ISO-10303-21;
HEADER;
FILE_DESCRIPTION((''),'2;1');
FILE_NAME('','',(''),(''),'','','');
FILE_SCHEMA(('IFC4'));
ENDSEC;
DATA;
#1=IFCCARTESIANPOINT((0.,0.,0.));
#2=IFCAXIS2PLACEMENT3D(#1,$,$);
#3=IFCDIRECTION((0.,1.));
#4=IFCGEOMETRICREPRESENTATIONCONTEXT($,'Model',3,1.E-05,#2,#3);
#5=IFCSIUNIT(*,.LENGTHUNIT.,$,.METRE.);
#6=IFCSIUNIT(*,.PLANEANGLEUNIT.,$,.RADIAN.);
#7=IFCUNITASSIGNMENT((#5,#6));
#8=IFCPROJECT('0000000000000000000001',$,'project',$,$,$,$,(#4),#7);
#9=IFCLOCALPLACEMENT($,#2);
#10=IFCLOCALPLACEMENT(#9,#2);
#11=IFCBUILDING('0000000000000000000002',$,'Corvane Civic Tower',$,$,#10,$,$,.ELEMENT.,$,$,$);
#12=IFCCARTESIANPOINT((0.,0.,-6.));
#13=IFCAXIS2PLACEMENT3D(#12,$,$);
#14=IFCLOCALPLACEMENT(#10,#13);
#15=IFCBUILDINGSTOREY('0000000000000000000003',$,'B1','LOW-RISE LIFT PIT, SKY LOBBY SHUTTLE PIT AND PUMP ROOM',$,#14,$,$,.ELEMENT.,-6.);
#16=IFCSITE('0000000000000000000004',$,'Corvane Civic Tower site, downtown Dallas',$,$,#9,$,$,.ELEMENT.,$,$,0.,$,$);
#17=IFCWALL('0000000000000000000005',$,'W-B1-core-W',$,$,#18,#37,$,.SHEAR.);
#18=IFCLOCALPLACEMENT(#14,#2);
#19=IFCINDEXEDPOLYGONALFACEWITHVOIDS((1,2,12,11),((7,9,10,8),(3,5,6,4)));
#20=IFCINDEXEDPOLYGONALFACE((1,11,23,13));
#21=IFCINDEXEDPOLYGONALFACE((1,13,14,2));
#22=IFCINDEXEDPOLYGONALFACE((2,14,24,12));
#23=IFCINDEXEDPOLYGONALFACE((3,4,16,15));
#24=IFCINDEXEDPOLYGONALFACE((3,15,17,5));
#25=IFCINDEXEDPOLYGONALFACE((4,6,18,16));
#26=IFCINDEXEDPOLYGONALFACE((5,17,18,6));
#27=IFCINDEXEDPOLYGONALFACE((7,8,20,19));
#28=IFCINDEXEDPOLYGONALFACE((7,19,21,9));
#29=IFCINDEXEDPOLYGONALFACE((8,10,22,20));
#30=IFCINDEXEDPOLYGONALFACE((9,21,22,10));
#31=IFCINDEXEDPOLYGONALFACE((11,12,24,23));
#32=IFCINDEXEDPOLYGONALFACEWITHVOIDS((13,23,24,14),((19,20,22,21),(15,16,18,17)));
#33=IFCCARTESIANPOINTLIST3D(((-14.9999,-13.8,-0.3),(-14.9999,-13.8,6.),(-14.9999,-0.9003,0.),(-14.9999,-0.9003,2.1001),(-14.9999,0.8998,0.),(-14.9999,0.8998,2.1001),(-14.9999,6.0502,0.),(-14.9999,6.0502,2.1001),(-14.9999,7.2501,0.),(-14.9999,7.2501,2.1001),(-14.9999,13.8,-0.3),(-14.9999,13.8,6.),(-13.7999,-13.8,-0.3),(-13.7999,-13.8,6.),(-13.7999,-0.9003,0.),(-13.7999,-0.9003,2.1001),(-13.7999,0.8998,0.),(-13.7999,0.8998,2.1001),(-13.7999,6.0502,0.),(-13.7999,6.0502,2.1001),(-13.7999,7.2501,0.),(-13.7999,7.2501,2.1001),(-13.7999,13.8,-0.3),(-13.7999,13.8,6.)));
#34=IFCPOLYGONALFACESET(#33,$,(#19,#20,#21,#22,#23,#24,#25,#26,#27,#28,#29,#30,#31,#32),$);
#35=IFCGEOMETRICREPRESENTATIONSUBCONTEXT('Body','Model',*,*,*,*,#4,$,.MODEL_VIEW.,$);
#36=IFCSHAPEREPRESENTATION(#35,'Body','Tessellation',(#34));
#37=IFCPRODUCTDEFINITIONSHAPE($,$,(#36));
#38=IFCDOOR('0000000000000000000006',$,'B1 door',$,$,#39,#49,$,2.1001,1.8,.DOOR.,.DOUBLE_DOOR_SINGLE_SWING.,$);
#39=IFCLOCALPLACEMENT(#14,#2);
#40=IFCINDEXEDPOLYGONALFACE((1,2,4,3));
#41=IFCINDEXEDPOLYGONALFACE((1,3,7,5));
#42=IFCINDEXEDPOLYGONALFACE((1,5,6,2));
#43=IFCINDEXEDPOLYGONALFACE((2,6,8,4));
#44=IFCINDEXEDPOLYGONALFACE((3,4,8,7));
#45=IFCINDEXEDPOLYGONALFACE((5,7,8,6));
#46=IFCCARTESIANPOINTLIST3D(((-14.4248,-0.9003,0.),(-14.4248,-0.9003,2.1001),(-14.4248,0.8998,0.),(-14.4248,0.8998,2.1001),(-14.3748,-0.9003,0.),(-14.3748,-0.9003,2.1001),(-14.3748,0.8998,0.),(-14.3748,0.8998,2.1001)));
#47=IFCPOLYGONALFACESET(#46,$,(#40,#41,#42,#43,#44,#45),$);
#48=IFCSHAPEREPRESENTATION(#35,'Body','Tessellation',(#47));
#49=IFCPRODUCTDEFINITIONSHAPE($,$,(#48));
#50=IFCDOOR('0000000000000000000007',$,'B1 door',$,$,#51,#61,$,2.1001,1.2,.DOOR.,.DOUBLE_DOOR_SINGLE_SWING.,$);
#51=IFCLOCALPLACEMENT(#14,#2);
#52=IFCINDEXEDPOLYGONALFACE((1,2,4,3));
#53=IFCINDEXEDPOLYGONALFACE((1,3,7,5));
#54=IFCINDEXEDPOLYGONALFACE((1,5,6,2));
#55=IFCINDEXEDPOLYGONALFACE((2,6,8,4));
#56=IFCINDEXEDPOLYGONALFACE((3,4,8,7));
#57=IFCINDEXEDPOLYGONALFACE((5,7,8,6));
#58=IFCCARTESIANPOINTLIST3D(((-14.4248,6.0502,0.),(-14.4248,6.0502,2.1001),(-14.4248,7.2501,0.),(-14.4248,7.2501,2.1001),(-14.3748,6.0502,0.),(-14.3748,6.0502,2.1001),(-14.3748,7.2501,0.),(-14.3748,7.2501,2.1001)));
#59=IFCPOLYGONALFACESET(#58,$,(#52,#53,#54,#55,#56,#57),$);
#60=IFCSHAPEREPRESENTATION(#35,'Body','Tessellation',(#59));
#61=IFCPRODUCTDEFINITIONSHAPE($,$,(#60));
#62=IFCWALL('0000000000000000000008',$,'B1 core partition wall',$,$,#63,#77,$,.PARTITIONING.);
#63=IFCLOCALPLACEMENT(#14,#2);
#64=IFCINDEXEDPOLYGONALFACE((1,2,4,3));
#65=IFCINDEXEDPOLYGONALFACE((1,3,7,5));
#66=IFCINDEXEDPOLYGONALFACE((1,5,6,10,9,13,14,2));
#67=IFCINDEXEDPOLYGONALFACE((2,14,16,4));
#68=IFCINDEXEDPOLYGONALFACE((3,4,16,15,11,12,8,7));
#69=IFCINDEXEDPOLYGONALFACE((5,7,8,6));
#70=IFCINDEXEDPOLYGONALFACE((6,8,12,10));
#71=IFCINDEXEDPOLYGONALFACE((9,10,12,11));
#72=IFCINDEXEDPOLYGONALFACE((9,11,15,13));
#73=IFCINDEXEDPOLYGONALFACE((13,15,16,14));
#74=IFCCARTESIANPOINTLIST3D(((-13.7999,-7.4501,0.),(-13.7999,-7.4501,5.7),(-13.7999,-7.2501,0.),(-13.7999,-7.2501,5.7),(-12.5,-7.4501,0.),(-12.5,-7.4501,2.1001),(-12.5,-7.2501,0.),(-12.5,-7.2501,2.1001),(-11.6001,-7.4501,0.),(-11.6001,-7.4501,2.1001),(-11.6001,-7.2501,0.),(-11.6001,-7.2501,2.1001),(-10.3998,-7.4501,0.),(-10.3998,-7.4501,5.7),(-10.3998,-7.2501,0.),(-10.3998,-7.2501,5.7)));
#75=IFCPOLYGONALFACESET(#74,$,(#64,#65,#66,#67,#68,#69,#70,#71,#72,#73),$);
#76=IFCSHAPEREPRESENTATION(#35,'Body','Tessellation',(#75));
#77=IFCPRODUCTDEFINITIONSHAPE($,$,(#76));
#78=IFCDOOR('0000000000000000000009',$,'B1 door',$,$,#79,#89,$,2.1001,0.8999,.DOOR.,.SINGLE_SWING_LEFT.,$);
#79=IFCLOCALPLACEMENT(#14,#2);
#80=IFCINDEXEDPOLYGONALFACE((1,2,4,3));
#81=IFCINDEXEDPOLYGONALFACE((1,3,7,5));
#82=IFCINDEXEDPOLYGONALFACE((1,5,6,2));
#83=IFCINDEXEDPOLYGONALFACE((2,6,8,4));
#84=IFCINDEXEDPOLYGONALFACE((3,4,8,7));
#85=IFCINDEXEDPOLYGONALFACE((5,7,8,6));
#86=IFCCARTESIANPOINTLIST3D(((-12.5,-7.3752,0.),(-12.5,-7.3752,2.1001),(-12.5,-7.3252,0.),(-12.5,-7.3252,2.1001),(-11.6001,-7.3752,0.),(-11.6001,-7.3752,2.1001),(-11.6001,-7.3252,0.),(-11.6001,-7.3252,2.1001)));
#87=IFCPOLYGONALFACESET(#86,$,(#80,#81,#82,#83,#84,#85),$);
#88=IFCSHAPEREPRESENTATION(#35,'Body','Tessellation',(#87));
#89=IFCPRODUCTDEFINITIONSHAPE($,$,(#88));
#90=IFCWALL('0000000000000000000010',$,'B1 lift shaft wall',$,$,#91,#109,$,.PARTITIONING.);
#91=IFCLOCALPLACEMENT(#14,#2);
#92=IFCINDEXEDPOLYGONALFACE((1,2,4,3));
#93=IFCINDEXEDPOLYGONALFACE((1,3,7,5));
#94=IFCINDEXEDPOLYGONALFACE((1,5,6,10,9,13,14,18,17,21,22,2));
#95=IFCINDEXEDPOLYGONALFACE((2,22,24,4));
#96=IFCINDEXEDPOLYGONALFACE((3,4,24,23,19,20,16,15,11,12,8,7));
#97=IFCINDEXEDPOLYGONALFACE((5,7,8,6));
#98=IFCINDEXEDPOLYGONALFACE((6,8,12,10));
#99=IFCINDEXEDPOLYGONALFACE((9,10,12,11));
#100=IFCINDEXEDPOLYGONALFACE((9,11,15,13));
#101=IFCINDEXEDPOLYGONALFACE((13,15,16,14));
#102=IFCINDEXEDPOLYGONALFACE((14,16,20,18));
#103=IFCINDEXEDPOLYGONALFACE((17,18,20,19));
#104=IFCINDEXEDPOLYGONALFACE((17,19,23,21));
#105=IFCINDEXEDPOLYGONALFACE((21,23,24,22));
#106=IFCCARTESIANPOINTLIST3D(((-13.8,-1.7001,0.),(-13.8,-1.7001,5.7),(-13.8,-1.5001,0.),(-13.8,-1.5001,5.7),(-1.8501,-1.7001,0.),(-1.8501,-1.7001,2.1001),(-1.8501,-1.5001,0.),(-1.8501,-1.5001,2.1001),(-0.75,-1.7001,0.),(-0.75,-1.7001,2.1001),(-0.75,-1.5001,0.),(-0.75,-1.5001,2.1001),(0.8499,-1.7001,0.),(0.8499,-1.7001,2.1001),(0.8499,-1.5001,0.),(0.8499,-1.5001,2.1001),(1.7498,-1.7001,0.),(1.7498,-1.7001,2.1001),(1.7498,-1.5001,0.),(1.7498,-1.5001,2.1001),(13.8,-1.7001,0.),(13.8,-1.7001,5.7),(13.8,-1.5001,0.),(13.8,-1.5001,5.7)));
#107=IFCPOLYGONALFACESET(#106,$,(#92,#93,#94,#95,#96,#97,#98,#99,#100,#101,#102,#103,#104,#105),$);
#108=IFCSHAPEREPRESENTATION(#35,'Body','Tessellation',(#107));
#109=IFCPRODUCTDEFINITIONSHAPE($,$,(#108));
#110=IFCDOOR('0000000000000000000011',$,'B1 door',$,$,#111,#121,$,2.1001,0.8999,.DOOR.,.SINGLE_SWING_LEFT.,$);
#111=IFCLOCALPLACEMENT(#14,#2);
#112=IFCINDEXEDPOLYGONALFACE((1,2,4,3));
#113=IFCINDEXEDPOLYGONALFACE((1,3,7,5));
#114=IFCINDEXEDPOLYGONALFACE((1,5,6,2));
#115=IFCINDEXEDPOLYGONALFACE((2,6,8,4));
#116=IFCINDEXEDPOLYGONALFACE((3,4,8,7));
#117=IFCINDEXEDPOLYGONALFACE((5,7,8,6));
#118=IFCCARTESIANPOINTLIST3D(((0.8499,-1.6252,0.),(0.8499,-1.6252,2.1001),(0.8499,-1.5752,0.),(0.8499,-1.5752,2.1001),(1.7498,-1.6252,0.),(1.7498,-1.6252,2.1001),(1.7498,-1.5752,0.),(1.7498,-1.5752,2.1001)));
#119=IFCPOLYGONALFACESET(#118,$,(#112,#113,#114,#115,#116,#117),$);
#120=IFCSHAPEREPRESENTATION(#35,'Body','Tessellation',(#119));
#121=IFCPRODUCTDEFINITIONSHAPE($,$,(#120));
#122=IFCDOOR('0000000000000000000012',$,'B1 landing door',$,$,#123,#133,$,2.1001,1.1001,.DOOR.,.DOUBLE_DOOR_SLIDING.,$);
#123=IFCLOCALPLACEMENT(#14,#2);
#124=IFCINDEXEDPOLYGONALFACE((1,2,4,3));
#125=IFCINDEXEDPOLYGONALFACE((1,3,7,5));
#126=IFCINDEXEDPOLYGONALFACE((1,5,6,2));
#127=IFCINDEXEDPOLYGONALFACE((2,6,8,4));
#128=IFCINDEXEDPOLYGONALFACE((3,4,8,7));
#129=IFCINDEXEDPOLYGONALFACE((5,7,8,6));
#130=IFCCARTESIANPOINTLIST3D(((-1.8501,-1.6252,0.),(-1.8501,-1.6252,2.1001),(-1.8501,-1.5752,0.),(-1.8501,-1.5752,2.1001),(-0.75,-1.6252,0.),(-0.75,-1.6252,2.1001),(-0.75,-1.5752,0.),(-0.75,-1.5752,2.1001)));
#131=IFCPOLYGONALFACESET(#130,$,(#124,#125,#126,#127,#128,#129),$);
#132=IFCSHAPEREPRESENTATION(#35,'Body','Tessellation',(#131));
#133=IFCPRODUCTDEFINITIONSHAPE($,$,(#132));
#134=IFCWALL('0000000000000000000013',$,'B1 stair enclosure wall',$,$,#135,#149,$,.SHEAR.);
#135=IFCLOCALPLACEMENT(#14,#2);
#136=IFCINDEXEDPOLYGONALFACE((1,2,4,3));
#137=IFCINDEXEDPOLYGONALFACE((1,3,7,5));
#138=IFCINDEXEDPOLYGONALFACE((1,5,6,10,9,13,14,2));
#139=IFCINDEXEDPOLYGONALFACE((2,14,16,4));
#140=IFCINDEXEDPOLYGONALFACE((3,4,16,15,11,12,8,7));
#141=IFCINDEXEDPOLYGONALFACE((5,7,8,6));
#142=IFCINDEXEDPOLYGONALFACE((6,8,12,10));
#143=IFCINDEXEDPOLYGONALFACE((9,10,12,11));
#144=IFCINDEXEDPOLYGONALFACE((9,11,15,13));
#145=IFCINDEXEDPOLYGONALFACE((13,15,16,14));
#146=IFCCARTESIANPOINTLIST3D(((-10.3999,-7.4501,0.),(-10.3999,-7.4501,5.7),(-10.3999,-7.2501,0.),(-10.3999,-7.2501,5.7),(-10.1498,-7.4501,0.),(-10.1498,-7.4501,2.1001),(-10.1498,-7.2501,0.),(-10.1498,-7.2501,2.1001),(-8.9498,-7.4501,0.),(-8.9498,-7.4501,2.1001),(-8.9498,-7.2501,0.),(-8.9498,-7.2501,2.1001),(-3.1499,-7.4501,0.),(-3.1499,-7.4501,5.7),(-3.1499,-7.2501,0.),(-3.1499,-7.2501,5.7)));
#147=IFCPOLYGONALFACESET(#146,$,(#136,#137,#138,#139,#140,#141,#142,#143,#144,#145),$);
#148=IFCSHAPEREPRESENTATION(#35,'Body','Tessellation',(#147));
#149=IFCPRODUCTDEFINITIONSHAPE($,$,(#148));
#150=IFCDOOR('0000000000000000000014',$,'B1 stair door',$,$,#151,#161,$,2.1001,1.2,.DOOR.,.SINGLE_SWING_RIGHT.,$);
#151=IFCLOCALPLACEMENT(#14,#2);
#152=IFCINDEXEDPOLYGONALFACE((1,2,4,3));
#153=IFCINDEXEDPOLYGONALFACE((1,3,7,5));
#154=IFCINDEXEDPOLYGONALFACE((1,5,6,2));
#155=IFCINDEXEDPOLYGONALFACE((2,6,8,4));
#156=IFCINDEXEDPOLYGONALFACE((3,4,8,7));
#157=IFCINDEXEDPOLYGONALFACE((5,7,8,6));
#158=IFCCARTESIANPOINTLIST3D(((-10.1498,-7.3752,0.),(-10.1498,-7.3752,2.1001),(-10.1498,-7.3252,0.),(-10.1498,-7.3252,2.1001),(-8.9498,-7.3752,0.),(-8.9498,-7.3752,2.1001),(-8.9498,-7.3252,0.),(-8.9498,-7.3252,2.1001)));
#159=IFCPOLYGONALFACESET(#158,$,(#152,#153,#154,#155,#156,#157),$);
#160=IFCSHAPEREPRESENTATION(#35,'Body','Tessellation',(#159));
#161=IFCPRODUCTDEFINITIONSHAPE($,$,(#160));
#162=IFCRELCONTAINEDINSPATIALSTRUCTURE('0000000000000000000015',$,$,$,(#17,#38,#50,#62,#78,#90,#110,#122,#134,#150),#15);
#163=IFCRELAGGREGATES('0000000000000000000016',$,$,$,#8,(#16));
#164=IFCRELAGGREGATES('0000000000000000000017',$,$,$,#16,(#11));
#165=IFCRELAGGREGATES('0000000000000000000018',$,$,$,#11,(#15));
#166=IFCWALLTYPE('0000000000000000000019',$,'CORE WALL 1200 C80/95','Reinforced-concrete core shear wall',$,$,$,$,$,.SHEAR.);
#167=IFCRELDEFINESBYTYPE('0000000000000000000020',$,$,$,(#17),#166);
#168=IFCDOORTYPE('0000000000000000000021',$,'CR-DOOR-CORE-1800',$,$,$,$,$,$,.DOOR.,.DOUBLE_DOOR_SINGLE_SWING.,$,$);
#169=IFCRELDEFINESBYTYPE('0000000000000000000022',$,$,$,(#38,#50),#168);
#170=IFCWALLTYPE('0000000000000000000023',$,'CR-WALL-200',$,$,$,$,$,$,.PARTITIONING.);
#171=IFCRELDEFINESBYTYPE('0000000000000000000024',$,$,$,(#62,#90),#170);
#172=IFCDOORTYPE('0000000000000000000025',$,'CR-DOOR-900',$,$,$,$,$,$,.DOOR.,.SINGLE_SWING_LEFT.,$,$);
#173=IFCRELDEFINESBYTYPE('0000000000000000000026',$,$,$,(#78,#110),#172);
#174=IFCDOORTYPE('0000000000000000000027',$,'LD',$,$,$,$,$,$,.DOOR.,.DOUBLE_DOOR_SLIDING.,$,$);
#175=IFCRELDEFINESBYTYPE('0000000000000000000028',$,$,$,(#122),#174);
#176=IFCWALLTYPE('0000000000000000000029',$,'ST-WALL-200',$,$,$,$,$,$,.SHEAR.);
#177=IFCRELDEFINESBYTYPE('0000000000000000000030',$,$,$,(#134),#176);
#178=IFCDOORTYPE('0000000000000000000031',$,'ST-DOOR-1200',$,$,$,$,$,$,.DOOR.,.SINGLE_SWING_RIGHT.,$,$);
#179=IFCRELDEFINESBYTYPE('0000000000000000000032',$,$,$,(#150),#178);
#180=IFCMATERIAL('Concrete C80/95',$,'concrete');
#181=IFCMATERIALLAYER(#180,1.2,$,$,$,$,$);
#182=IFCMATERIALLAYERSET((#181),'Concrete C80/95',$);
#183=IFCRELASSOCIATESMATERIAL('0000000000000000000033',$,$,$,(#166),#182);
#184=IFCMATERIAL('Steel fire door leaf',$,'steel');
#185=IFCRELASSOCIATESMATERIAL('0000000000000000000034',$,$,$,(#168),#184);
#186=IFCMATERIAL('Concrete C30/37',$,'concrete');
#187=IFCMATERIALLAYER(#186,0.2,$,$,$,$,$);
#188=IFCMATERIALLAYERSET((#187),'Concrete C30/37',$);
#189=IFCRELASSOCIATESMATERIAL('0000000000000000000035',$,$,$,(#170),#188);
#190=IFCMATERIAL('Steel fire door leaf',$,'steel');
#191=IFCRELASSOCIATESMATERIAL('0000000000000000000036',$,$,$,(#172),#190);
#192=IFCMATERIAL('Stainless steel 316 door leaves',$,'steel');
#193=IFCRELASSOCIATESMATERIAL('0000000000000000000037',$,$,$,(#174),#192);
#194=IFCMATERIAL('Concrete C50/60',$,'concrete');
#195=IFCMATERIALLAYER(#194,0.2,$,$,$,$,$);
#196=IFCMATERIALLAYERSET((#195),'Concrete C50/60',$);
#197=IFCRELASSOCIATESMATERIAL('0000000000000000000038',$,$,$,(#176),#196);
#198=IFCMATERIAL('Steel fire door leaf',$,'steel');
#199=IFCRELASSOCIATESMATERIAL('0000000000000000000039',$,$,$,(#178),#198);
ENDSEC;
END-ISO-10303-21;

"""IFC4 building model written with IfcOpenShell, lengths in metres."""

from ifc_helpers import new_model, si_unit, direction, frame, frame_2d, origin, place, context, subcontext, project, spatial, rectangle, extrude, material, layer, layer_set, type_object, element, fill, save


model = new_model("IFC4")

# Units and contexts
model_context = context("Model", 3, precision=1e-05, world=origin(), true_north=direction((0.0, 1.0)))
body_context = subcontext(model_context, "Body", "Model", "MODEL_VIEW")
ifc_project = project(units=[si_unit("LENGTHUNIT", "METRE"), si_unit("PLANEANGLEUNIT", "RADIAN")], contexts=[model_context])

# Site, building, storey
site_placement = place(None, origin())
site = spatial("IfcSite", under=ifc_project, at=site_placement, Name="Corvane Civic Tower site, downtown Dallas", CompositionType="ELEMENT", RefElevation=0.0)
building_placement = place(site_placement, origin())
building = spatial("IfcBuilding", under=site, at=building_placement, Name="Corvane Civic Tower", CompositionType="ELEMENT")
storey_placement = place(building_placement, frame((0.0, 0.0, -6.0)))
storey = spatial("IfcBuildingStorey", under=building, at=storey_placement, Name="B1", Description="LOW-RISE LIFT PIT, SKY LOBBY SHUTTLE PIT AND PUMP ROOM", CompositionType="ELEMENT", Elevation=-6.0)

# Shared definitions
ifc_material_1 = material(Name="Concrete C80/95", Category="concrete")
ifc_layer_1 = layer(ifc_material_1, 1.2)
ifc_layer_set_1 = layer_set([ifc_layer_1], Name="Concrete C80/95")
wall_type_1 = type_object("IfcWallType", Name="CORE WALL 1200 C80/95", Description="Reinforced-concrete core shear wall", PredefinedType="SHEAR", material=ifc_layer_set_1)

# Wall, openings, doors
wall_1_placement = place(storey_placement, frame((-14.3999, -13.8, -0.3), z_axis=(0.0, 0.0, 1.0), x_axis=(0.0, 1.0, 0.0)))
wall_1 = element("IfcWall", 1, at=wall_1_placement, inside=storey, type_object=wall_type_1, Name="W-B1-core-W", PredefinedType="SHEAR", context=body_context, shape_type="SweptSolid", body=[
    extrude(rectangle(XDim=27.6001, YDim=1.2, at=frame_2d((13.8, 0.0))), origin(), (0.0, 0.0, 1.0), 6.3),
])
opening_1_placement = place(wall_1_placement, frame((12.8999, 0.0, 0.3)))
opening_1 = element("IfcOpeningElement", 2, at=opening_1_placement, cuts=wall_1, PredefinedType="OPENING", context=body_context, shape_type="SweptSolid", body=[
    extrude(rectangle(XDim=1.8, YDim=2.1001, at=frame_2d((0.8999, 1.05))), frame((0.0, 0.6099, 0.0), z_axis=(0.0, -1.0, 0.0), x_axis=(1.0, 0.0, 0.0)), (0.0, 0.0, 1.0), 1.22),
])
opening_2_placement = place(wall_1_placement, frame((19.8501, 0.0, 0.3)))
opening_2 = element("IfcOpeningElement", 3, at=opening_2_placement, cuts=wall_1, PredefinedType="OPENING", context=body_context, shape_type="SweptSolid", body=[
    extrude(rectangle(XDim=1.2, YDim=2.1001, at=frame_2d((0.6001, 1.05))), frame((0.0, 0.6099, 0.0), z_axis=(0.0, -1.0, 0.0), x_axis=(1.0, 0.0, 0.0)), (0.0, 0.0, 1.0), 1.22),
])
ifc_material_2 = material(Name="Steel fire door leaf", Category="steel")
door_type_1 = type_object("IfcDoorType", Name="CR-DOOR-CORE-1800", OperationType="DOUBLE_DOOR_SINGLE_SWING", PredefinedType="DOOR", material=ifc_material_2)
door_1_placement = place(opening_1_placement, origin())
door_1 = element("IfcDoor", 4, at=door_1_placement, inside=storey, type_object=door_type_1, Name="B1 door", OperationType="DOUBLE_DOOR_SINGLE_SWING", OverallHeight=2.1001, OverallWidth=1.8, PredefinedType="DOOR", context=body_context, shape_type="SweptSolid", body=[
    extrude(rectangle(XDim=1.8, YDim=2.1001, at=frame_2d((0.8999, 1.05))), frame((0.0, 0.0249, 0.0), z_axis=(0.0, -1.0, 0.0), x_axis=(1.0, 0.0, 0.0)), (0.0, 0.0, 1.0), 0.05),
])
fill(opening_1, door_1)
door_2_placement = place(opening_2_placement, origin())
door_2 = element("IfcDoor", 5, at=door_2_placement, inside=storey, type_object=door_type_1, Name="B1 door", OperationType="DOUBLE_DOOR_SINGLE_SWING", OverallHeight=2.1001, OverallWidth=1.2, PredefinedType="DOOR", context=body_context, shape_type="SweptSolid", body=[
    extrude(rectangle(XDim=1.2, YDim=2.1001, at=frame_2d((0.6001, 1.05))), frame((0.0, 0.0249, 0.0), z_axis=(0.0, -1.0, 0.0), x_axis=(1.0, 0.0, 0.0)), (0.0, 0.0, 1.0), 0.05),
])
fill(opening_2, door_2)

# Wall, opening, door
ifc_material_3 = material(Name="Concrete C30/37", Category="concrete")
ifc_layer_2 = layer(ifc_material_3, 0.2)
ifc_layer_set_2 = layer_set([ifc_layer_2], Name="Concrete C30/37")
wall_type_2 = type_object("IfcWallType", Name="CR-WALL-200", PredefinedType="PARTITIONING", material=ifc_layer_set_2)
wall_2_placement = place(storey_placement, frame((-13.8, -7.3501, 0.0), z_axis=(0.0, 0.0, 1.0), x_axis=(1.0, 0.0, 0.0)))
wall_2 = element("IfcWall", 6, at=wall_2_placement, inside=storey, type_object=wall_type_2, Name="B1 core partition wall", PredefinedType="PARTITIONING", context=body_context, shape_type="SweptSolid", body=[
    extrude(rectangle(XDim=3.4001, YDim=0.2, at=frame_2d((1.7002, 0.0))), origin(), (0.0, 0.0, 1.0), 5.7),
])
opening_3_placement = place(wall_2_placement, frame((1.3, 0.0, 0.0)))
opening_3 = element("IfcOpeningElement", 7, at=opening_3_placement, cuts=wall_2, PredefinedType="OPENING", context=body_context, shape_type="SweptSolid", body=[
    extrude(rectangle(XDim=0.8999, YDim=2.1001, at=frame_2d((0.45, 1.05))), frame((0.0, 0.1099, 0.0), z_axis=(0.0, -1.0, 0.0), x_axis=(1.0, 0.0, 0.0)), (0.0, 0.0, 1.0), 0.22),
])
ifc_material_4 = material(Name="Steel fire door leaf", Category="steel")
door_type_2 = type_object("IfcDoorType", Name="CR-DOOR-900", OperationType="SINGLE_SWING_LEFT", PredefinedType="DOOR", material=ifc_material_4)
door_3_placement = place(opening_3_placement, origin())
door_3 = element("IfcDoor", 8, at=door_3_placement, inside=storey, type_object=door_type_2, Name="B1 door", OperationType="SINGLE_SWING_LEFT", OverallHeight=2.1001, OverallWidth=0.8999, PredefinedType="DOOR", context=body_context, shape_type="SweptSolid", body=[
    extrude(rectangle(XDim=0.8999, YDim=2.1001, at=frame_2d((0.45, 1.05))), frame((0.0, 0.0249, 0.0), z_axis=(0.0, -1.0, 0.0), x_axis=(1.0, 0.0, 0.0)), (0.0, 0.0, 1.0), 0.05),
])
fill(opening_3, door_3)

# Wall, openings, doors
wall_3_placement = place(storey_placement, frame((-13.8, -1.6001, 0.0), z_axis=(0.0, 0.0, 1.0), x_axis=(1.0, 0.0, 0.0)))
wall_3 = element("IfcWall", 9, at=wall_3_placement, inside=storey, type_object=wall_type_2, Name="B1 lift shaft wall", PredefinedType="PARTITIONING", context=body_context, shape_type="SweptSolid", body=[
    extrude(rectangle(XDim=27.6001, YDim=0.2, at=frame_2d((13.8, 0.0))), origin(), (0.0, 0.0, 1.0), 5.7),
])
opening_4_placement = place(wall_3_placement, frame((11.95, 0.0, 0.0)))
opening_4 = element("IfcOpeningElement", 10, at=opening_4_placement, cuts=wall_3, PredefinedType="OPENING", context=body_context, shape_type="SweptSolid", body=[
    extrude(rectangle(XDim=1.1001, YDim=2.1001, at=frame_2d((0.55, 1.05))), frame((0.0, 0.1099, 0.0), z_axis=(0.0, -1.0, 0.0), x_axis=(1.0, 0.0, 0.0)), (0.0, 0.0, 1.0), 0.22),
])
opening_5_placement = place(wall_3_placement, frame((14.6499, 0.0, 0.0)))
opening_5 = element("IfcOpeningElement", 11, at=opening_5_placement, cuts=wall_3, PredefinedType="OPENING", context=body_context, shape_type="SweptSolid", body=[
    extrude(rectangle(XDim=0.8999, YDim=2.1001, at=frame_2d((0.45, 1.05))), frame((0.0, 0.1099, 0.0), z_axis=(0.0, -1.0, 0.0), x_axis=(1.0, 0.0, 0.0)), (0.0, 0.0, 1.0), 0.22),
])
door_4_placement = place(opening_5_placement, origin())
door_4 = element("IfcDoor", 12, at=door_4_placement, inside=storey, type_object=door_type_2, Name="B1 door", OperationType="SINGLE_SWING_LEFT", OverallHeight=2.1001, OverallWidth=0.8999, PredefinedType="DOOR", context=body_context, shape_type="SweptSolid", body=[
    extrude(rectangle(XDim=0.8999, YDim=2.1001, at=frame_2d((0.45, 1.05))), frame((0.0, 0.0249, 0.0), z_axis=(0.0, -1.0, 0.0), x_axis=(1.0, 0.0, 0.0)), (0.0, 0.0, 1.0), 0.05),
])
fill(opening_5, door_4)
ifc_material_5 = material(Name="Stainless steel 316 door leaves", Category="steel")
door_type_3 = type_object("IfcDoorType", Name="LD", OperationType="DOUBLE_DOOR_SLIDING", PredefinedType="DOOR", material=ifc_material_5)
door_5_placement = place(opening_4_placement, origin())
door_5 = element("IfcDoor", 13, at=door_5_placement, inside=storey, type_object=door_type_3, Name="B1 landing door", OperationType="DOUBLE_DOOR_SLIDING", OverallHeight=2.1001, OverallWidth=1.1001, PredefinedType="DOOR", context=body_context, shape_type="SweptSolid", body=[
    extrude(rectangle(XDim=1.1001, YDim=2.1001, at=frame_2d((0.55, 1.05))), frame((0.0, 0.0249, 0.0), z_axis=(0.0, -1.0, 0.0), x_axis=(1.0, 0.0, 0.0)), (0.0, 0.0, 1.0), 0.05),
])
fill(opening_4, door_5)

# Wall, opening, door
ifc_material_6 = material(Name="Concrete C50/60", Category="concrete")
ifc_layer_3 = layer(ifc_material_6, 0.2)
ifc_layer_set_3 = layer_set([ifc_layer_3], Name="Concrete C50/60")
wall_type_3 = type_object("IfcWallType", Name="ST-WALL-200", PredefinedType="SHEAR", material=ifc_layer_set_3)
wall_4_placement = place(storey_placement, frame((-10.3999, -7.3501, 0.0), z_axis=(0.0, 0.0, 1.0), x_axis=(1.0, 0.0, 0.0)))
wall_4 = element("IfcWall", 14, at=wall_4_placement, inside=storey, type_object=wall_type_3, Name="B1 stair enclosure wall", PredefinedType="SHEAR", context=body_context, shape_type="SweptSolid", body=[
    extrude(rectangle(XDim=7.25, YDim=0.2, at=frame_2d((3.625, 0.0))), origin(), (0.0, 0.0, 1.0), 5.7),
])
opening_6_placement = place(wall_4_placement, frame((0.25, 0.0, 0.0)))
opening_6 = element("IfcOpeningElement", 15, at=opening_6_placement, cuts=wall_4, PredefinedType="OPENING", context=body_context, shape_type="SweptSolid", body=[
    extrude(rectangle(XDim=1.2, YDim=2.1001, at=frame_2d((0.6001, 1.05))), frame((0.0, 0.1099, 0.0), z_axis=(0.0, -1.0, 0.0), x_axis=(1.0, 0.0, 0.0)), (0.0, 0.0, 1.0), 0.22),
])
ifc_material_7 = material(Name="Steel fire door leaf", Category="steel")
door_type_4 = type_object("IfcDoorType", Name="ST-DOOR-1200", OperationType="SINGLE_SWING_RIGHT", PredefinedType="DOOR", material=ifc_material_7)
door_6_placement = place(opening_6_placement, origin())
door_6 = element("IfcDoor", 16, at=door_6_placement, inside=storey, type_object=door_type_4, Name="B1 stair door", OperationType="SINGLE_SWING_RIGHT", OverallHeight=2.1001, OverallWidth=1.2, PredefinedType="DOOR", context=body_context, shape_type="SweptSolid", body=[
    extrude(rectangle(XDim=1.2, YDim=2.1001, at=frame_2d((0.6001, 1.05))), frame((0.0, 0.0249, 0.0), z_axis=(0.0, -1.0, 0.0), x_axis=(1.0, 0.0, 0.0)), (0.0, 0.0, 1.0), 0.05),
])
fill(opening_6, door_6)

save(model, "model.ifc")
